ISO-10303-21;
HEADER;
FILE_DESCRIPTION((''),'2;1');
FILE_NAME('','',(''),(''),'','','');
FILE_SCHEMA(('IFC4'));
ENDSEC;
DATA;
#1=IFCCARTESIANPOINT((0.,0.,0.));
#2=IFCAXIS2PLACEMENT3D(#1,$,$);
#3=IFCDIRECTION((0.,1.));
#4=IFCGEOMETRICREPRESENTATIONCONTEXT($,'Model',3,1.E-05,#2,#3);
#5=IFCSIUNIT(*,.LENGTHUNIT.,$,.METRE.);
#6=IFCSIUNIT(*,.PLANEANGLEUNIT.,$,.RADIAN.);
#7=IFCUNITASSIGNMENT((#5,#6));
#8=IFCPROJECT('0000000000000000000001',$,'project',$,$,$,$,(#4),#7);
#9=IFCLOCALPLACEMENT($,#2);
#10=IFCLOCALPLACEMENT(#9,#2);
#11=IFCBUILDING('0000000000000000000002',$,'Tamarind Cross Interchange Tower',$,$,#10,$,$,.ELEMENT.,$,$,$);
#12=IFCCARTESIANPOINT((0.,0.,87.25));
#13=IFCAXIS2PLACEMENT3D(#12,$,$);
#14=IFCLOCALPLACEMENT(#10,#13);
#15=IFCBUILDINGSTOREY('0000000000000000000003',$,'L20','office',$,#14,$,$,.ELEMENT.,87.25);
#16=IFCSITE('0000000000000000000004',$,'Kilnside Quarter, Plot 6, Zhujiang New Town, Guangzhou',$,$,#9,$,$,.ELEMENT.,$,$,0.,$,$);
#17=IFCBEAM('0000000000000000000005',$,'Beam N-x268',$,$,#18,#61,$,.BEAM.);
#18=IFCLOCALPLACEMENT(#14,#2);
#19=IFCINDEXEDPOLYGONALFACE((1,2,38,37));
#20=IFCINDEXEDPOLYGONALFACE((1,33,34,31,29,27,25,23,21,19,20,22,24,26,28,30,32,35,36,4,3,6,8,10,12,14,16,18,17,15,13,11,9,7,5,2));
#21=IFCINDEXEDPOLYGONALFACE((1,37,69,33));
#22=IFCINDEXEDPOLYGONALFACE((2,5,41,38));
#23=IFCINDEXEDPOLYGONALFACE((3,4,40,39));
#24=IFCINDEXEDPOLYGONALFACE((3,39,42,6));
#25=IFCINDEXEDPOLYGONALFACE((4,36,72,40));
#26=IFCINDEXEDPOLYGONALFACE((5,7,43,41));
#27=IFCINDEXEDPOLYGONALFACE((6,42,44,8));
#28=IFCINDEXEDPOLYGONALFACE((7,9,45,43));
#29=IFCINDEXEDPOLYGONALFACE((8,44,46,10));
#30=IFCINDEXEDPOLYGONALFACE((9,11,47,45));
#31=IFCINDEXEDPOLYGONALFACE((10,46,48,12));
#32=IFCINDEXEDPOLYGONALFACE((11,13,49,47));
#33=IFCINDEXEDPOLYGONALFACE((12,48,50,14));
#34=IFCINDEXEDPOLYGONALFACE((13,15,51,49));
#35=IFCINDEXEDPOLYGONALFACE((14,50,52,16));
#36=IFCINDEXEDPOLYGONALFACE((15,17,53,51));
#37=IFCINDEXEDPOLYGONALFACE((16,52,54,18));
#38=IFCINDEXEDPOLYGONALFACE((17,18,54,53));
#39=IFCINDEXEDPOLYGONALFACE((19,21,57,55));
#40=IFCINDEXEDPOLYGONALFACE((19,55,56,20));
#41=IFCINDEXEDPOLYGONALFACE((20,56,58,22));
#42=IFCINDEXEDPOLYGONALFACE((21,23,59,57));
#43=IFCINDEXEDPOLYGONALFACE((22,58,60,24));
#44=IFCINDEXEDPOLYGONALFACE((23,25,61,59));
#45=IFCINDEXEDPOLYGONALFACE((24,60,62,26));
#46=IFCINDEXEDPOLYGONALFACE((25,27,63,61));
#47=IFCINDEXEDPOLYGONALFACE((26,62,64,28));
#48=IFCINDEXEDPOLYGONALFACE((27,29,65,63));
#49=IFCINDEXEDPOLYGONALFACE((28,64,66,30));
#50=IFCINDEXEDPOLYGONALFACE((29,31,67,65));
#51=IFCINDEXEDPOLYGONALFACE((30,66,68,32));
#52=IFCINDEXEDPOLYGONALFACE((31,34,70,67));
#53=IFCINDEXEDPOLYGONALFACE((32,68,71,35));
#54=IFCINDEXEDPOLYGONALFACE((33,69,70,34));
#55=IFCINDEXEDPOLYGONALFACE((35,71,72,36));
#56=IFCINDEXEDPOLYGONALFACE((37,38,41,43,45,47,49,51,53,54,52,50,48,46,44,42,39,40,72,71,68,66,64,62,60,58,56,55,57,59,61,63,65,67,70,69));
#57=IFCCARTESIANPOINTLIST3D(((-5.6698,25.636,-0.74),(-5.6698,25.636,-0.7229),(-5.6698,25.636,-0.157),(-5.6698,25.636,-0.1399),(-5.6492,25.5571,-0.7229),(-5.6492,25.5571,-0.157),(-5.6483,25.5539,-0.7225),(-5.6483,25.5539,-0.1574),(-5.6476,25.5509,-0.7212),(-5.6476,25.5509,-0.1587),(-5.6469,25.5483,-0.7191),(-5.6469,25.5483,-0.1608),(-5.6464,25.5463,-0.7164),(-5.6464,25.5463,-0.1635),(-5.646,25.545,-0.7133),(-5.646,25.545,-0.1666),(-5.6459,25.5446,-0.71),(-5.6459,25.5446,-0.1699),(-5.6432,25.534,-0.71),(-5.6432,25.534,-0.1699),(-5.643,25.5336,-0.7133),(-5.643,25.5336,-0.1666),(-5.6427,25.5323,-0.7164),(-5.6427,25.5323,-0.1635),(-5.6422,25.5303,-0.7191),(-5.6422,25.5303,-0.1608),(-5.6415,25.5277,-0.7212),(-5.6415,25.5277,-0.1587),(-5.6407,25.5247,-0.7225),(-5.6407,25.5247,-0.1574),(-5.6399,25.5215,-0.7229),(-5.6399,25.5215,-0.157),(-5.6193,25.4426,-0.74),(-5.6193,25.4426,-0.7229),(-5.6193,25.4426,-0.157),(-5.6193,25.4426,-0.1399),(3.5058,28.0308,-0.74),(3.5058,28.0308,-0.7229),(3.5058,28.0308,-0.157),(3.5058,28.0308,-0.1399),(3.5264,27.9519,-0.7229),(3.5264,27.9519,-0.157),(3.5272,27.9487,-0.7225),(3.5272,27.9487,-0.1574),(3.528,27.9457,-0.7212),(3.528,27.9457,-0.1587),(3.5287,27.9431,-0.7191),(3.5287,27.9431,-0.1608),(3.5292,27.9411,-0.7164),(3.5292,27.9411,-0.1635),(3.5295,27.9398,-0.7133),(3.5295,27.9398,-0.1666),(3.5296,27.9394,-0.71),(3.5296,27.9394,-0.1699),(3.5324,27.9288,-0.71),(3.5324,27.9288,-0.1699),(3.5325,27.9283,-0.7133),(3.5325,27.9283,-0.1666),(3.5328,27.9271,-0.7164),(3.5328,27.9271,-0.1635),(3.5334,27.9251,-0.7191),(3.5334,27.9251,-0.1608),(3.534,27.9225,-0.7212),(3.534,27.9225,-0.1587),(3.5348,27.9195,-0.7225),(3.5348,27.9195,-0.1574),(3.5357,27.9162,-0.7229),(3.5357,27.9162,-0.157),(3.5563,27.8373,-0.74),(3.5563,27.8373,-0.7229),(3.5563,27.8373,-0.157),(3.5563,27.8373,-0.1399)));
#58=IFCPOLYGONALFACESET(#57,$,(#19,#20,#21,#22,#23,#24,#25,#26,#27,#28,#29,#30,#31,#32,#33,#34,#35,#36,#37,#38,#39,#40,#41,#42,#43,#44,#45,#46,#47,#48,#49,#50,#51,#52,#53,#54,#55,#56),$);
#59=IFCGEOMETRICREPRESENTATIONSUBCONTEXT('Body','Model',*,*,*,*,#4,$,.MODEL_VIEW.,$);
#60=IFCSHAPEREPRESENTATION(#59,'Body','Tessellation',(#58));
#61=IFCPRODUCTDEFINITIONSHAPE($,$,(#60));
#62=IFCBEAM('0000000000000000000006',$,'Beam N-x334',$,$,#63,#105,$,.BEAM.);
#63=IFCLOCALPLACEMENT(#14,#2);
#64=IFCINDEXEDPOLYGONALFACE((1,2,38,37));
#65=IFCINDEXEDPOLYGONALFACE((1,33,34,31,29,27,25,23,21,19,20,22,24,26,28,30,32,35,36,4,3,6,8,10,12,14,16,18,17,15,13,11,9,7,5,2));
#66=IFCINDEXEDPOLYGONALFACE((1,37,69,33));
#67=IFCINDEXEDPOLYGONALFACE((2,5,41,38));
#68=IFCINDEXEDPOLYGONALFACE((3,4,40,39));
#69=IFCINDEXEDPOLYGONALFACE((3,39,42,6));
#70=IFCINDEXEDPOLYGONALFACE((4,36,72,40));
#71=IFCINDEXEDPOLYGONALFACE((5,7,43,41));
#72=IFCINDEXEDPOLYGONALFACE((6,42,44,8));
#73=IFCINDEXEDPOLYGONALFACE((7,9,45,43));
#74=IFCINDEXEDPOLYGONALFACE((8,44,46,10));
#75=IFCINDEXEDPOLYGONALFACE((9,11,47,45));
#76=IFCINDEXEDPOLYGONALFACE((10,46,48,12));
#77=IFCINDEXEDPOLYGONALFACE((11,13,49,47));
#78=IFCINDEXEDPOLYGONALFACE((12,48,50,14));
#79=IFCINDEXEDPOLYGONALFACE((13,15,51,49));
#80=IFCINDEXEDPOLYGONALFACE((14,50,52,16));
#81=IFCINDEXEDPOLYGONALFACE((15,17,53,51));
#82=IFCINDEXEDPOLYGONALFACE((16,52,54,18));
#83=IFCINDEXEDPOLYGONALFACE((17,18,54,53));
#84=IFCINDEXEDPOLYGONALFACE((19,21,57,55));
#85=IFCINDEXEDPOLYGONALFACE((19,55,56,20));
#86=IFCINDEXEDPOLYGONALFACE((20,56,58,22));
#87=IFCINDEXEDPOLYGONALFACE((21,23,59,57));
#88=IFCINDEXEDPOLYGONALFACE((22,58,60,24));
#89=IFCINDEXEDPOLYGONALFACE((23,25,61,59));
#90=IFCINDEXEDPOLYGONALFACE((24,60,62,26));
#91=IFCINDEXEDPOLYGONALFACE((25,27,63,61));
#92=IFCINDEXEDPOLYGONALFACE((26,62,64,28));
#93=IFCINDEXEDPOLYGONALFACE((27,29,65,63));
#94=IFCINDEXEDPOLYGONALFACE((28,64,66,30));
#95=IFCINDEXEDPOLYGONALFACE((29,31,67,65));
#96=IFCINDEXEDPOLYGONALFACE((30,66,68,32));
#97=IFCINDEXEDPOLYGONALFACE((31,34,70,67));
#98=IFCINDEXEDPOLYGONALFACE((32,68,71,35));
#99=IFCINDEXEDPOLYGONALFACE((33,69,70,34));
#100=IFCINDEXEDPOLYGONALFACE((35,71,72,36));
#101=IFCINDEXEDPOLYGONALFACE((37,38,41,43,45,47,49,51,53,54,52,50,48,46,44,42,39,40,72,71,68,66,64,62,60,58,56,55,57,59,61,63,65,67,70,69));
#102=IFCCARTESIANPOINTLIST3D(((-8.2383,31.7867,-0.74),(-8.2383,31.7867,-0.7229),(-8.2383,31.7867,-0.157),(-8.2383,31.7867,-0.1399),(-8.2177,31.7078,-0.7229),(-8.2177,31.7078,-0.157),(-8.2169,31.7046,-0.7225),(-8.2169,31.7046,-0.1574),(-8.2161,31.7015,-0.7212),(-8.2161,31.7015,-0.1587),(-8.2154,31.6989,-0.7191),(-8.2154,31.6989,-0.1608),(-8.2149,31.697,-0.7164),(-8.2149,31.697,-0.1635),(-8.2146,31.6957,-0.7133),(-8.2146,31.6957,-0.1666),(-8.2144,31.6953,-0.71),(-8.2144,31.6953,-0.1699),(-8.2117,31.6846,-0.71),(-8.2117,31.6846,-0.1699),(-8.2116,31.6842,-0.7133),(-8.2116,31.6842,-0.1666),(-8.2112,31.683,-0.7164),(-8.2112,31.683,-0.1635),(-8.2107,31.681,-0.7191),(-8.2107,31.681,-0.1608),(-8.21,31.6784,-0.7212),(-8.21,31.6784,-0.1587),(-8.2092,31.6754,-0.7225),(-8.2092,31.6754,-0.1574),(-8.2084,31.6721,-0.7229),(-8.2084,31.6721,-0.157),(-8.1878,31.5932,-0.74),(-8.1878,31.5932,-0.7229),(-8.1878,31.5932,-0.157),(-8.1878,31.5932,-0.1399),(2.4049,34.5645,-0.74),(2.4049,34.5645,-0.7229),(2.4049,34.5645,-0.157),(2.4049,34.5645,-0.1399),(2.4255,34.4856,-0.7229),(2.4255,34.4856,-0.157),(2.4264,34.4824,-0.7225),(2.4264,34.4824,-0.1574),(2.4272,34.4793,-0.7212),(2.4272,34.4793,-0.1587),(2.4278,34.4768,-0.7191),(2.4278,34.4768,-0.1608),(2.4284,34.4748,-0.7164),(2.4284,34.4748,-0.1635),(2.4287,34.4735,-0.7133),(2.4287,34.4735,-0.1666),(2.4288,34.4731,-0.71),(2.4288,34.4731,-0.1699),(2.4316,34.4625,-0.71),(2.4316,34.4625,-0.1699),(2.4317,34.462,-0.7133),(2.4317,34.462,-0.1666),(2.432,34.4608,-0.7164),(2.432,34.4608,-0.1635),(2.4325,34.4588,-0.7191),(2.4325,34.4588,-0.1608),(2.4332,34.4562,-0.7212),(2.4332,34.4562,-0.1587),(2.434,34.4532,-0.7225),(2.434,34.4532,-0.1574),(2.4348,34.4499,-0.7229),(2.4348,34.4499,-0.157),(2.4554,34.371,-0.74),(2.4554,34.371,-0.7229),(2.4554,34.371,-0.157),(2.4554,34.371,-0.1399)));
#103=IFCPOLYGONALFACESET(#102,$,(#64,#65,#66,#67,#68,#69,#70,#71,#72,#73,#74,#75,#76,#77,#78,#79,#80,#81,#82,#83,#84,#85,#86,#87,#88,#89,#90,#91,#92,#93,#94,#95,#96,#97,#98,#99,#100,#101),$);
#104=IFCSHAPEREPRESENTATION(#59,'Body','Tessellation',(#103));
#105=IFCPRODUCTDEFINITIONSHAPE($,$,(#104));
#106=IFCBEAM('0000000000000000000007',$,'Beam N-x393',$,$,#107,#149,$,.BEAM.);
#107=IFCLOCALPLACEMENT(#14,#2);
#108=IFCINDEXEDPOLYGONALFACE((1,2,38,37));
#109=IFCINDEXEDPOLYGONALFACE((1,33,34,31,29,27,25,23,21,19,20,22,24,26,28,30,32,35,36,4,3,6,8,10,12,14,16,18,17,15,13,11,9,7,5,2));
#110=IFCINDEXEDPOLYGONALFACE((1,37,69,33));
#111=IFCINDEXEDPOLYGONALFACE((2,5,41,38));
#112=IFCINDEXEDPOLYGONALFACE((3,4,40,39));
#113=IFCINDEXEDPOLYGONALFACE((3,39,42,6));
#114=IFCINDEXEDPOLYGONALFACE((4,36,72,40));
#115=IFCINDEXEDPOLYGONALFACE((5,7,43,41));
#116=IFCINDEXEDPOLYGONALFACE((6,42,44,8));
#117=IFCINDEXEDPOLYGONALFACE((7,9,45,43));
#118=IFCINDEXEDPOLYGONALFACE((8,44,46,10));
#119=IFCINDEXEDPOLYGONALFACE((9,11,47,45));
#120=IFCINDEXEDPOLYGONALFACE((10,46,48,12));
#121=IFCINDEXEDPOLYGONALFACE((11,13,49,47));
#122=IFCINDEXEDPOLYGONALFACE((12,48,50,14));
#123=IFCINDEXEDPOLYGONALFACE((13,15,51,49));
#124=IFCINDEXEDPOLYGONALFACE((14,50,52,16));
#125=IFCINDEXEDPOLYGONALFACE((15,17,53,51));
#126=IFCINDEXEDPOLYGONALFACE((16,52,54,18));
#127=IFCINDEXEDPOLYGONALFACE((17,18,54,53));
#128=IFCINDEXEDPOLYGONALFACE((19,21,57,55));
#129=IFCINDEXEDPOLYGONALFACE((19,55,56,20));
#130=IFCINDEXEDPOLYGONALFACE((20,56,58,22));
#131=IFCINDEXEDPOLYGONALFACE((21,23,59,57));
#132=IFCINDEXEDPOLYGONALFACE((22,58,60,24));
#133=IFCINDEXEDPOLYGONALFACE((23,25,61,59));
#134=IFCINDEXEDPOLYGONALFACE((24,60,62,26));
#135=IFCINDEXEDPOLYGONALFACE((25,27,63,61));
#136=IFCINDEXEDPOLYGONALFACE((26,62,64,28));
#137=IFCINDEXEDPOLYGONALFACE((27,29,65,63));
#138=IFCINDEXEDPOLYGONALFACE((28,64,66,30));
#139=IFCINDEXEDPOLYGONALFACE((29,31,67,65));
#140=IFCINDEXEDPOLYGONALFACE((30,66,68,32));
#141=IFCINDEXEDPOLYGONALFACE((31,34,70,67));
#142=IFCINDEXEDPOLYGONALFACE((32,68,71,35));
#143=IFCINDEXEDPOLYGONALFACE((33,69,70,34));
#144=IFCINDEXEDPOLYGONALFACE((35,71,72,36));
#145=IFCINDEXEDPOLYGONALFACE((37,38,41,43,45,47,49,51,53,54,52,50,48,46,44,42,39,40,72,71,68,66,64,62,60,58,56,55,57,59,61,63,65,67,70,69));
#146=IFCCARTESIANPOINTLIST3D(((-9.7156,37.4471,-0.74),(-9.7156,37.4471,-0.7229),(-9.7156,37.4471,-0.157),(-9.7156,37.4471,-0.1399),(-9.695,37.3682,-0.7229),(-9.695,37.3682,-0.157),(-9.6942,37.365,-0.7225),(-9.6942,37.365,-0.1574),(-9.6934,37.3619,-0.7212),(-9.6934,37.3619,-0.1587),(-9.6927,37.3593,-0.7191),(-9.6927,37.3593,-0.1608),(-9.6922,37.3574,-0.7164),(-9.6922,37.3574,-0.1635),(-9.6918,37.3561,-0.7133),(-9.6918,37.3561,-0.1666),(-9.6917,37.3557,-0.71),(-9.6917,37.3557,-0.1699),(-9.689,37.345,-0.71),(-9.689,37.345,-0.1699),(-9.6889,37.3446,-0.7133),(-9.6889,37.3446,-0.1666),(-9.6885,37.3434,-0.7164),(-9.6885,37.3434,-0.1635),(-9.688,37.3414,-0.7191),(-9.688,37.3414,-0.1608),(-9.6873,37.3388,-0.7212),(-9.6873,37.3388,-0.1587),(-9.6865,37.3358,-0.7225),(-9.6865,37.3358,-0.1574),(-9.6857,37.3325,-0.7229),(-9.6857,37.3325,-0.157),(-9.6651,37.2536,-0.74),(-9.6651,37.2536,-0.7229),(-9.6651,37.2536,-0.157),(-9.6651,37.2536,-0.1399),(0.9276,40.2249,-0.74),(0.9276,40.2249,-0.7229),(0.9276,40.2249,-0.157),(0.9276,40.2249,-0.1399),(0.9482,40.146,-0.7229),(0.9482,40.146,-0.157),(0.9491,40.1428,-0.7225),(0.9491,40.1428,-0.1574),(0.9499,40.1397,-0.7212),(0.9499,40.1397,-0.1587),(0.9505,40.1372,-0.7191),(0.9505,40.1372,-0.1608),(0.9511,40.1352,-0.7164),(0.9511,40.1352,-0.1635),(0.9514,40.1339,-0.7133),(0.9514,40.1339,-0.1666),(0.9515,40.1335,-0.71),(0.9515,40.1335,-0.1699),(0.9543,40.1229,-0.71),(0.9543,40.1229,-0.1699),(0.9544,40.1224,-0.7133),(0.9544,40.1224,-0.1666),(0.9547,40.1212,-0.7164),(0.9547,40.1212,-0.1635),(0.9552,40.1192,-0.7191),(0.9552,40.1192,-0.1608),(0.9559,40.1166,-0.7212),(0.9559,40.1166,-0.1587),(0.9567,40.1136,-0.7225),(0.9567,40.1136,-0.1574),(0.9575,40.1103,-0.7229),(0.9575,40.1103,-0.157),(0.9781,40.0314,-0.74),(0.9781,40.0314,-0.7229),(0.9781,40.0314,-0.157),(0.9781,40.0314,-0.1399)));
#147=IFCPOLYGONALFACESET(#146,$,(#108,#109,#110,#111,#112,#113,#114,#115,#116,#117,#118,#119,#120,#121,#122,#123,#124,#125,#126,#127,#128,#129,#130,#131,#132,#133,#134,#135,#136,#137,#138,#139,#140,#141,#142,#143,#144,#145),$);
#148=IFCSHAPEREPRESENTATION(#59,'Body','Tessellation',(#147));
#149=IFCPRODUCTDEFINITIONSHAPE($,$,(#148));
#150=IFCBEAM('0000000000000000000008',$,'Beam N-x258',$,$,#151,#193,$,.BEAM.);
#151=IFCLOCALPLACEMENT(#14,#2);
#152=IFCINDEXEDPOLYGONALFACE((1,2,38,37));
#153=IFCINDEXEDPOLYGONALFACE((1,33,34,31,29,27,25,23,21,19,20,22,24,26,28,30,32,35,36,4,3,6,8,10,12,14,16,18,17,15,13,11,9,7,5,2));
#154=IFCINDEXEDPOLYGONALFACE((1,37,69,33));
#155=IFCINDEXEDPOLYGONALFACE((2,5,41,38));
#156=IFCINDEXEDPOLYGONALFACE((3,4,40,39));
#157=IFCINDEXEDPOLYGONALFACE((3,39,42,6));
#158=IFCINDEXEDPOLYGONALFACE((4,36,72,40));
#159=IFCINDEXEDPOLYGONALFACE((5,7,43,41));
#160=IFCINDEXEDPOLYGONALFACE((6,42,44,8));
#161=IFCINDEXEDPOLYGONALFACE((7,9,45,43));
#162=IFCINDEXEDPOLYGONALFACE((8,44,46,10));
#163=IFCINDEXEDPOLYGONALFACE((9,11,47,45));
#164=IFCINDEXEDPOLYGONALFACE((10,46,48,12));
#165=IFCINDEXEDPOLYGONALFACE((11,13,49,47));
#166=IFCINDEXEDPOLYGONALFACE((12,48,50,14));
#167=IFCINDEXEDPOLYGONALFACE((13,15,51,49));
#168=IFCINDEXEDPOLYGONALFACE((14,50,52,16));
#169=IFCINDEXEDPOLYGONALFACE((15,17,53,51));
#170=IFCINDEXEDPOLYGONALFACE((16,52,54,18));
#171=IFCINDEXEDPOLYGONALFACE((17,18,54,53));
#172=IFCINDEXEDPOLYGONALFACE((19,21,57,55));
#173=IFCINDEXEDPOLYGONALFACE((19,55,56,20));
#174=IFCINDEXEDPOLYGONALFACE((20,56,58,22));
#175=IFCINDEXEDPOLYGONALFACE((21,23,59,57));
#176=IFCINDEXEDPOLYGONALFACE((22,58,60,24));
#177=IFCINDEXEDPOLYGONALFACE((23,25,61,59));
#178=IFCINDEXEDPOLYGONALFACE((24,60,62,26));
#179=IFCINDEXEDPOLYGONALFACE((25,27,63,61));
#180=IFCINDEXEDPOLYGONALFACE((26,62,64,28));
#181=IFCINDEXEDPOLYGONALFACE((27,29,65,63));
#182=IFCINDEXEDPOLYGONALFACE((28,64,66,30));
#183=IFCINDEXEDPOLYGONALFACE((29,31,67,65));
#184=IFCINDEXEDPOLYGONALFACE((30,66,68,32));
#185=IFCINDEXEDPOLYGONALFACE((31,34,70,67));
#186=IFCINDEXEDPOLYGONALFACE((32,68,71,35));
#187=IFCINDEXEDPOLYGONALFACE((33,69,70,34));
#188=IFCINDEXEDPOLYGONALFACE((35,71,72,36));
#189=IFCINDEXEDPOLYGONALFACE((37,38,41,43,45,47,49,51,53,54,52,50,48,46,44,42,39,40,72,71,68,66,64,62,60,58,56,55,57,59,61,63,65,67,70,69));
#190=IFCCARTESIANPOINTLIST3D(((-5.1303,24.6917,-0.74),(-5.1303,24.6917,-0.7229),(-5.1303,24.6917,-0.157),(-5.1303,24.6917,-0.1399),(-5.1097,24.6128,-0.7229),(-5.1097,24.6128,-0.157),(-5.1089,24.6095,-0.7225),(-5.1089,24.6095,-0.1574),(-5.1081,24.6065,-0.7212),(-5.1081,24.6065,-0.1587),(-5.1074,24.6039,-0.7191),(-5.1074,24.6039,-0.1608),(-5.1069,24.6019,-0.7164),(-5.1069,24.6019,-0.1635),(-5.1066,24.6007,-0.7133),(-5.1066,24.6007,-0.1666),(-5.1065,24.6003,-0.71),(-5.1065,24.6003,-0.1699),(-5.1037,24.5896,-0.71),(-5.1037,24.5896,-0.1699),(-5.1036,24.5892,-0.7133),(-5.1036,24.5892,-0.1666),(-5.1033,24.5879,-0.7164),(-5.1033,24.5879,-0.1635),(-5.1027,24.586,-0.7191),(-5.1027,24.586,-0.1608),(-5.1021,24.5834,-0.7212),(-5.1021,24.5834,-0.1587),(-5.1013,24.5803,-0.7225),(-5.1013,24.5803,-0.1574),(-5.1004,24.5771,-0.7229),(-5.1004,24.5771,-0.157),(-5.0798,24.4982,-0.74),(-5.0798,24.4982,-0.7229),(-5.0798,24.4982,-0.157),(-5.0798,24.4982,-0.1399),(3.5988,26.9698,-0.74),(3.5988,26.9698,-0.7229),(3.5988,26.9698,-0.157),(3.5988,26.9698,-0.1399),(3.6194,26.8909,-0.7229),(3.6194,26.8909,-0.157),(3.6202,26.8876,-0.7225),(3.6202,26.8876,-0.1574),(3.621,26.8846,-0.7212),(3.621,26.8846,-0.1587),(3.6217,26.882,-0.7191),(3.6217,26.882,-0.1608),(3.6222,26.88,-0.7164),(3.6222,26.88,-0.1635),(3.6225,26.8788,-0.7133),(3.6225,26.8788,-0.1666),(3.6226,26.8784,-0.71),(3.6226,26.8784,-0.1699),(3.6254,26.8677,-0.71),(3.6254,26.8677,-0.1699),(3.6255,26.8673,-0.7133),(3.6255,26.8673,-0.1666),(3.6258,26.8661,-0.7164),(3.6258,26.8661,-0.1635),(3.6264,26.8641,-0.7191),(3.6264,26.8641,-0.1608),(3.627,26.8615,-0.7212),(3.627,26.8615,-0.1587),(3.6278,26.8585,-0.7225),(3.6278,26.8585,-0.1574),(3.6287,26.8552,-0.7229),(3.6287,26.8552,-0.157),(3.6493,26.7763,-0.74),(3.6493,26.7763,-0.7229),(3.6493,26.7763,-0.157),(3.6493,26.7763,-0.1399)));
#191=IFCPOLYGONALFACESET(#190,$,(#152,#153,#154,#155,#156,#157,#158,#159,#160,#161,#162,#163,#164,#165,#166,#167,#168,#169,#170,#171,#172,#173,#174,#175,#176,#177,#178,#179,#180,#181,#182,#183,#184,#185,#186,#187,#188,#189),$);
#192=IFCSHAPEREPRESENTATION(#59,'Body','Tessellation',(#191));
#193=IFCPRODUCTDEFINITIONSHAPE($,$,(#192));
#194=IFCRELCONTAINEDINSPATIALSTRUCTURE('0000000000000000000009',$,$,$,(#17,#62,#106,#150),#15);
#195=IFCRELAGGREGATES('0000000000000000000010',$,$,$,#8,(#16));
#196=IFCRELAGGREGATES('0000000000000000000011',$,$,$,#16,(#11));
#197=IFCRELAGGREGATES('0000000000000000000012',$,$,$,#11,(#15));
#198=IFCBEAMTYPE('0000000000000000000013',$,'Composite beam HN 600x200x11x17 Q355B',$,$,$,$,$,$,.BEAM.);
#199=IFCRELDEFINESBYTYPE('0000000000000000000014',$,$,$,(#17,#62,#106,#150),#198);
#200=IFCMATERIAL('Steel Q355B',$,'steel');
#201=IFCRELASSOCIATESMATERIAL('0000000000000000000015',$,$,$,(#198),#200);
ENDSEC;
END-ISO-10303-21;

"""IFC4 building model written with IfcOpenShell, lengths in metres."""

from ifc_helpers import new_model, si_unit, direction, frame, origin, origin_2d, place, context, subcontext, project, spatial, i_section, extrude, material, material_profile, profile_set, type_object, element, save


model = new_model("IFC4")

# Units and contexts
model_context = context("Model", 3, precision=1e-05, world=origin(), true_north=direction((0.0, 1.0)))
body_context = subcontext(model_context, "Body", "Model", "MODEL_VIEW")
ifc_project = project(units=[si_unit("LENGTHUNIT", "METRE"), si_unit("PLANEANGLEUNIT", "RADIAN")], contexts=[model_context])

# Site, building, storey
site_placement = place(None, origin())
site = spatial("IfcSite", under=ifc_project, at=site_placement, Name="Kilnside Quarter, Plot 6, Zhujiang New Town, Guangzhou", CompositionType="ELEMENT", RefElevation=0.0)
building_placement = place(site_placement, origin())
building = spatial("IfcBuilding", under=site, at=building_placement, Name="Tamarind Cross Interchange Tower", CompositionType="ELEMENT")
storey_placement = place(building_placement, frame((0.0, 0.0, 87.25)))
storey = spatial("IfcBuildingStorey", under=building, at=storey_placement, Name="L20", Description="office", CompositionType="ELEMENT", Elevation=87.25)

# Beams
ifc_material_1 = material(Name="Steel Q355B", Category="steel")
ifc_material_profile_1 = material_profile(ifc_material_1, i_section(OverallWidth=0.2, OverallDepth=0.6001, WebThickness=0.011, FlangeThickness=0.0171, FilletRadius=0.0129, at=origin_2d()), Name="HN 600x200x11x17")
ifc_profile_set_1 = profile_set([ifc_material_profile_1], Name="Steel Q355B")
beam_type_1 = type_object("IfcBeamType", Name="Composite beam HN 600x200x11x17 Q355B", PredefinedType="BEAM", material=ifc_profile_set_1)
beam_1_placement = place(storey_placement, frame((3.531, 27.9341, -0.4399), z_axis=(-0.967587, -0.252536, 0.0), x_axis=(0.252536, -0.967587, 0.0)))
element("IfcBeam", 1, at=beam_1_placement, inside=storey, type_object=beam_type_1, Name="Beam N-x268", PredefinedType="BEAM", context=body_context, shape_type="SweptSolid", body=[
    extrude(i_section(OverallWidth=0.2, OverallDepth=0.6001, WebThickness=0.011, FlangeThickness=0.0171, FilletRadius=0.0129, at=origin_2d()), origin(), (0.0, 0.0, 1.0), 9.4829),
])
for number, where, z_axis, x_axis, name in (
    (2, (2.4302, 34.4678, -0.4399), (-0.967588, -0.252534, 0.0), (0.252534, -0.967588, 0.0), "Beam N-x334"),
    (3, (0.9529, 40.1282, -0.4399), (-0.967588, -0.252534, 0.0), (0.252534, -0.967588, 0.0), "Beam N-x393"),
):
    element("IfcBeam", number, at=place(storey_placement, frame(where, z_axis=z_axis, x_axis=x_axis)), inside=storey, type_object=beam_type_1, Name=name, PredefinedType="BEAM", context=body_context, shape_type="SweptSolid", body=[
        extrude(i_section(OverallWidth=0.2, OverallDepth=0.6001, WebThickness=0.011, FlangeThickness=0.0171, FilletRadius=0.0129, at=origin_2d()), origin(), (0.0, 0.0, 1.0), 10.9998),
    ])
beam_2_placement = place(storey_placement, frame((3.624, 26.873, -0.4399), z_axis=(-0.967592, -0.25252, 0.0), x_axis=(0.25252, -0.967592, 0.0)))
element("IfcBeam", 4, at=beam_2_placement, inside=storey, type_object=beam_type_1, Name="Beam N-x258", PredefinedType="BEAM", context=body_context, shape_type="SweptSolid", body=[
    extrude(i_section(OverallWidth=0.2, OverallDepth=0.6001, WebThickness=0.011, FlangeThickness=0.0171, FilletRadius=0.0129, at=origin_2d()), origin(), (0.0, 0.0, 1.0), 9.0215),
])

save(model, "model.ifc")
